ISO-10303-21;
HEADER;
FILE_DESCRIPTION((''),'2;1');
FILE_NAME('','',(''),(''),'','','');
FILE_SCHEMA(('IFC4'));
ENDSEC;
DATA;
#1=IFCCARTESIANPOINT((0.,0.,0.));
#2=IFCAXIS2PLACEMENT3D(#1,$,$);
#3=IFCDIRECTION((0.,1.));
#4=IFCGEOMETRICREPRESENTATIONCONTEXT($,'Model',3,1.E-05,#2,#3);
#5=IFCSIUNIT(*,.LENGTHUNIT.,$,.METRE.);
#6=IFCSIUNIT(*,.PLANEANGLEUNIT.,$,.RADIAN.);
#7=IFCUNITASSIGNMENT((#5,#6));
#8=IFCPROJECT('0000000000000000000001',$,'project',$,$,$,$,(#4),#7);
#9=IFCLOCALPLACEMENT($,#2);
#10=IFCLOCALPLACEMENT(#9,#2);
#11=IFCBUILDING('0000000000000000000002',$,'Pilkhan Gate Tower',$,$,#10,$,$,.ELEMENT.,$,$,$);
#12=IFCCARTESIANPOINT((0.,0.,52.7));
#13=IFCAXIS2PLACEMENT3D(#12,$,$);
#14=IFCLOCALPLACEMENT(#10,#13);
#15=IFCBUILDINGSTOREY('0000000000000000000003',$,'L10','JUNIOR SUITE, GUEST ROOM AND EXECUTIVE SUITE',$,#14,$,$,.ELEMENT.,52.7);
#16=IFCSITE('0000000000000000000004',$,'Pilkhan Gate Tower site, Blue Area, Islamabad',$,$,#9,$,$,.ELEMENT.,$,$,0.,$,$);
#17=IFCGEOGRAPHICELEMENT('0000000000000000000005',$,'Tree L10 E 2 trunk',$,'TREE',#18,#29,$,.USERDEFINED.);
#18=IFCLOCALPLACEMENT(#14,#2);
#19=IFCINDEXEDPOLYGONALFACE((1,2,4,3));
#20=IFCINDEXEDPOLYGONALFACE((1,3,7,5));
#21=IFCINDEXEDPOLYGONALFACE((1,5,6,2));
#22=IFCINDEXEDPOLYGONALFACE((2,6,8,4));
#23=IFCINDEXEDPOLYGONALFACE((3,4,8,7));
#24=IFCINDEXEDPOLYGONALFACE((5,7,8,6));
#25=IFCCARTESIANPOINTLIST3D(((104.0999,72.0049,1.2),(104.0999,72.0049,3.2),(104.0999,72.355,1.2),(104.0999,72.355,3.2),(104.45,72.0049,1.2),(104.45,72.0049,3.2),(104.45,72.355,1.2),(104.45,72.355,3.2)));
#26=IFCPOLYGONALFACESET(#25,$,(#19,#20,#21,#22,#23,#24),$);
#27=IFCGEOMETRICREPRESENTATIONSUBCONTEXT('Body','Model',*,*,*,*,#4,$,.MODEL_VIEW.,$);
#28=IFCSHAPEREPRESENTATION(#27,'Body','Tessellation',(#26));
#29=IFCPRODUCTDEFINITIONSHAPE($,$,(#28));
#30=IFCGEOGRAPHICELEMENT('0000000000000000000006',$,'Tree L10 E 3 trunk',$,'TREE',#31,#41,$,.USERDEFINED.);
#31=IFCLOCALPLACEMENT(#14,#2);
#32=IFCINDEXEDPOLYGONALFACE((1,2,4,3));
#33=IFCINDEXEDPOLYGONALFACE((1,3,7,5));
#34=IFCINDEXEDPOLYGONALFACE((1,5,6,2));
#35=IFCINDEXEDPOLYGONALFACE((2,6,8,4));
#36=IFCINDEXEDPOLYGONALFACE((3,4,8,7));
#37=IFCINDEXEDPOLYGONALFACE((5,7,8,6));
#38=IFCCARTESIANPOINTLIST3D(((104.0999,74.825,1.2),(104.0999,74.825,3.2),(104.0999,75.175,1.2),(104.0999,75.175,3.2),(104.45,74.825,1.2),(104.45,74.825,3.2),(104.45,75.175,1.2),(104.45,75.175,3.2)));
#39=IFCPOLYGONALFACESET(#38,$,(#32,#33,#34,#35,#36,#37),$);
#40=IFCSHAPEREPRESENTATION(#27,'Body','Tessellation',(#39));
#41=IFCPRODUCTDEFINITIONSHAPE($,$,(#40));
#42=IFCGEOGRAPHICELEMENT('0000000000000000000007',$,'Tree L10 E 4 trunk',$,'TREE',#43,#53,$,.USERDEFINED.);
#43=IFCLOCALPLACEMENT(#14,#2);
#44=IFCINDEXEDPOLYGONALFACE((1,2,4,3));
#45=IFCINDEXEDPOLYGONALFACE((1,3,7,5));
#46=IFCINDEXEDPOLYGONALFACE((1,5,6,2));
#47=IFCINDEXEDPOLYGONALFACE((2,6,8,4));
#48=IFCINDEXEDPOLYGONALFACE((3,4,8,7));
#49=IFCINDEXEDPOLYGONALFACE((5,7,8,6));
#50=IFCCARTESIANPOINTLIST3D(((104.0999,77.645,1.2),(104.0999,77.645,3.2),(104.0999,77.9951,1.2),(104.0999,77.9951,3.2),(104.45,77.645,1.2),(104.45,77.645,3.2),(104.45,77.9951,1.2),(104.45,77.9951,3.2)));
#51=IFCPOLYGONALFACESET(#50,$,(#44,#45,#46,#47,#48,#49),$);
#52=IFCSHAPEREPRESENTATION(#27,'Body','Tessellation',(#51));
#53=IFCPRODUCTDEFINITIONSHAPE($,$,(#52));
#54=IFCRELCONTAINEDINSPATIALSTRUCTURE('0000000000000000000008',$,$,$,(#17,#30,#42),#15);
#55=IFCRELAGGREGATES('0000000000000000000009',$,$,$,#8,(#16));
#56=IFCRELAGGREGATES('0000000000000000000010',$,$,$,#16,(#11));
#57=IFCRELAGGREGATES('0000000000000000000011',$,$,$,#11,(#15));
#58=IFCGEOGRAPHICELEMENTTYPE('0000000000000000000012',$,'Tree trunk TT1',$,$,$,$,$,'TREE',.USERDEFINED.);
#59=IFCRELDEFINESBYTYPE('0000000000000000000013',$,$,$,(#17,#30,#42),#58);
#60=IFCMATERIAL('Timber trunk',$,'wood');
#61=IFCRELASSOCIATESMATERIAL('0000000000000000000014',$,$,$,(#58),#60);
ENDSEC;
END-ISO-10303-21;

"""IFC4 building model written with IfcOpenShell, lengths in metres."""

from ifc_helpers import new_model, si_unit, direction, frame, origin, origin_2d, place, context, subcontext, project, spatial, rectangle, extrude, material, type_object, element, save


model = new_model("IFC4")

# Units and contexts
model_context = context("Model", 3, precision=1e-05, world=origin(), true_north=direction((0.0, 1.0)))
body_context = subcontext(model_context, "Body", "Model", "MODEL_VIEW")
ifc_project = project(units=[si_unit("LENGTHUNIT", "METRE"), si_unit("PLANEANGLEUNIT", "RADIAN")], contexts=[model_context])

# Site, building, storey
site_placement = place(None, origin())
site = spatial("IfcSite", under=ifc_project, at=site_placement, Name="Pilkhan Gate Tower site, Blue Area, Islamabad", CompositionType="ELEMENT", RefElevation=0.0)
building_placement = place(site_placement, origin())
building = spatial("IfcBuilding", under=site, at=building_placement, Name="Pilkhan Gate Tower", CompositionType="ELEMENT")
storey_placement = place(building_placement, frame((0.0, 0.0, 52.7)))
storey = spatial("IfcBuildingStorey", under=building, at=storey_placement, Name="L10", Description="JUNIOR SUITE, GUEST ROOM AND EXECUTIVE SUITE", CompositionType="ELEMENT", Elevation=52.7)

# Geographic elements
ifc_material_1 = material(Name="Timber trunk", Category="wood")
geographic_element_type_1 = type_object("IfcGeographicElementType", Name="Tree trunk TT1", ElementType="TREE", PredefinedType="USERDEFINED", material=ifc_material_1)
for number, where, z_axis, x_axis, name in (
    (1, (104.2749, 72.1799, 1.2), (0.0, 0.0, 1.0), (1.0, 0.0, 0.0), "Tree L10 E 2 trunk"),
    (2, (104.2749, 75.0, 1.2), (0.0, 0.0, 1.0), (1.0, 0.0, 0.0), "Tree L10 E 3 trunk"),
    (3, (104.2749, 77.8201, 1.2), (0.0, 0.0, 1.0), (1.0, 0.0, 0.0), "Tree L10 E 4 trunk"),
):
    element("IfcGeographicElement", number, at=place(storey_placement, frame(where, z_axis=z_axis, x_axis=x_axis)), inside=storey, type_object=geographic_element_type_1, Name=name, ObjectType="TREE", PredefinedType="USERDEFINED", context=body_context, shape_type="SweptSolid", body=[
        extrude(rectangle(XDim=0.3501, YDim=0.3501, at=origin_2d()), origin(), (0.0, 0.0, 1.0), 2.0),
    ])

save(model, "model.ifc")
